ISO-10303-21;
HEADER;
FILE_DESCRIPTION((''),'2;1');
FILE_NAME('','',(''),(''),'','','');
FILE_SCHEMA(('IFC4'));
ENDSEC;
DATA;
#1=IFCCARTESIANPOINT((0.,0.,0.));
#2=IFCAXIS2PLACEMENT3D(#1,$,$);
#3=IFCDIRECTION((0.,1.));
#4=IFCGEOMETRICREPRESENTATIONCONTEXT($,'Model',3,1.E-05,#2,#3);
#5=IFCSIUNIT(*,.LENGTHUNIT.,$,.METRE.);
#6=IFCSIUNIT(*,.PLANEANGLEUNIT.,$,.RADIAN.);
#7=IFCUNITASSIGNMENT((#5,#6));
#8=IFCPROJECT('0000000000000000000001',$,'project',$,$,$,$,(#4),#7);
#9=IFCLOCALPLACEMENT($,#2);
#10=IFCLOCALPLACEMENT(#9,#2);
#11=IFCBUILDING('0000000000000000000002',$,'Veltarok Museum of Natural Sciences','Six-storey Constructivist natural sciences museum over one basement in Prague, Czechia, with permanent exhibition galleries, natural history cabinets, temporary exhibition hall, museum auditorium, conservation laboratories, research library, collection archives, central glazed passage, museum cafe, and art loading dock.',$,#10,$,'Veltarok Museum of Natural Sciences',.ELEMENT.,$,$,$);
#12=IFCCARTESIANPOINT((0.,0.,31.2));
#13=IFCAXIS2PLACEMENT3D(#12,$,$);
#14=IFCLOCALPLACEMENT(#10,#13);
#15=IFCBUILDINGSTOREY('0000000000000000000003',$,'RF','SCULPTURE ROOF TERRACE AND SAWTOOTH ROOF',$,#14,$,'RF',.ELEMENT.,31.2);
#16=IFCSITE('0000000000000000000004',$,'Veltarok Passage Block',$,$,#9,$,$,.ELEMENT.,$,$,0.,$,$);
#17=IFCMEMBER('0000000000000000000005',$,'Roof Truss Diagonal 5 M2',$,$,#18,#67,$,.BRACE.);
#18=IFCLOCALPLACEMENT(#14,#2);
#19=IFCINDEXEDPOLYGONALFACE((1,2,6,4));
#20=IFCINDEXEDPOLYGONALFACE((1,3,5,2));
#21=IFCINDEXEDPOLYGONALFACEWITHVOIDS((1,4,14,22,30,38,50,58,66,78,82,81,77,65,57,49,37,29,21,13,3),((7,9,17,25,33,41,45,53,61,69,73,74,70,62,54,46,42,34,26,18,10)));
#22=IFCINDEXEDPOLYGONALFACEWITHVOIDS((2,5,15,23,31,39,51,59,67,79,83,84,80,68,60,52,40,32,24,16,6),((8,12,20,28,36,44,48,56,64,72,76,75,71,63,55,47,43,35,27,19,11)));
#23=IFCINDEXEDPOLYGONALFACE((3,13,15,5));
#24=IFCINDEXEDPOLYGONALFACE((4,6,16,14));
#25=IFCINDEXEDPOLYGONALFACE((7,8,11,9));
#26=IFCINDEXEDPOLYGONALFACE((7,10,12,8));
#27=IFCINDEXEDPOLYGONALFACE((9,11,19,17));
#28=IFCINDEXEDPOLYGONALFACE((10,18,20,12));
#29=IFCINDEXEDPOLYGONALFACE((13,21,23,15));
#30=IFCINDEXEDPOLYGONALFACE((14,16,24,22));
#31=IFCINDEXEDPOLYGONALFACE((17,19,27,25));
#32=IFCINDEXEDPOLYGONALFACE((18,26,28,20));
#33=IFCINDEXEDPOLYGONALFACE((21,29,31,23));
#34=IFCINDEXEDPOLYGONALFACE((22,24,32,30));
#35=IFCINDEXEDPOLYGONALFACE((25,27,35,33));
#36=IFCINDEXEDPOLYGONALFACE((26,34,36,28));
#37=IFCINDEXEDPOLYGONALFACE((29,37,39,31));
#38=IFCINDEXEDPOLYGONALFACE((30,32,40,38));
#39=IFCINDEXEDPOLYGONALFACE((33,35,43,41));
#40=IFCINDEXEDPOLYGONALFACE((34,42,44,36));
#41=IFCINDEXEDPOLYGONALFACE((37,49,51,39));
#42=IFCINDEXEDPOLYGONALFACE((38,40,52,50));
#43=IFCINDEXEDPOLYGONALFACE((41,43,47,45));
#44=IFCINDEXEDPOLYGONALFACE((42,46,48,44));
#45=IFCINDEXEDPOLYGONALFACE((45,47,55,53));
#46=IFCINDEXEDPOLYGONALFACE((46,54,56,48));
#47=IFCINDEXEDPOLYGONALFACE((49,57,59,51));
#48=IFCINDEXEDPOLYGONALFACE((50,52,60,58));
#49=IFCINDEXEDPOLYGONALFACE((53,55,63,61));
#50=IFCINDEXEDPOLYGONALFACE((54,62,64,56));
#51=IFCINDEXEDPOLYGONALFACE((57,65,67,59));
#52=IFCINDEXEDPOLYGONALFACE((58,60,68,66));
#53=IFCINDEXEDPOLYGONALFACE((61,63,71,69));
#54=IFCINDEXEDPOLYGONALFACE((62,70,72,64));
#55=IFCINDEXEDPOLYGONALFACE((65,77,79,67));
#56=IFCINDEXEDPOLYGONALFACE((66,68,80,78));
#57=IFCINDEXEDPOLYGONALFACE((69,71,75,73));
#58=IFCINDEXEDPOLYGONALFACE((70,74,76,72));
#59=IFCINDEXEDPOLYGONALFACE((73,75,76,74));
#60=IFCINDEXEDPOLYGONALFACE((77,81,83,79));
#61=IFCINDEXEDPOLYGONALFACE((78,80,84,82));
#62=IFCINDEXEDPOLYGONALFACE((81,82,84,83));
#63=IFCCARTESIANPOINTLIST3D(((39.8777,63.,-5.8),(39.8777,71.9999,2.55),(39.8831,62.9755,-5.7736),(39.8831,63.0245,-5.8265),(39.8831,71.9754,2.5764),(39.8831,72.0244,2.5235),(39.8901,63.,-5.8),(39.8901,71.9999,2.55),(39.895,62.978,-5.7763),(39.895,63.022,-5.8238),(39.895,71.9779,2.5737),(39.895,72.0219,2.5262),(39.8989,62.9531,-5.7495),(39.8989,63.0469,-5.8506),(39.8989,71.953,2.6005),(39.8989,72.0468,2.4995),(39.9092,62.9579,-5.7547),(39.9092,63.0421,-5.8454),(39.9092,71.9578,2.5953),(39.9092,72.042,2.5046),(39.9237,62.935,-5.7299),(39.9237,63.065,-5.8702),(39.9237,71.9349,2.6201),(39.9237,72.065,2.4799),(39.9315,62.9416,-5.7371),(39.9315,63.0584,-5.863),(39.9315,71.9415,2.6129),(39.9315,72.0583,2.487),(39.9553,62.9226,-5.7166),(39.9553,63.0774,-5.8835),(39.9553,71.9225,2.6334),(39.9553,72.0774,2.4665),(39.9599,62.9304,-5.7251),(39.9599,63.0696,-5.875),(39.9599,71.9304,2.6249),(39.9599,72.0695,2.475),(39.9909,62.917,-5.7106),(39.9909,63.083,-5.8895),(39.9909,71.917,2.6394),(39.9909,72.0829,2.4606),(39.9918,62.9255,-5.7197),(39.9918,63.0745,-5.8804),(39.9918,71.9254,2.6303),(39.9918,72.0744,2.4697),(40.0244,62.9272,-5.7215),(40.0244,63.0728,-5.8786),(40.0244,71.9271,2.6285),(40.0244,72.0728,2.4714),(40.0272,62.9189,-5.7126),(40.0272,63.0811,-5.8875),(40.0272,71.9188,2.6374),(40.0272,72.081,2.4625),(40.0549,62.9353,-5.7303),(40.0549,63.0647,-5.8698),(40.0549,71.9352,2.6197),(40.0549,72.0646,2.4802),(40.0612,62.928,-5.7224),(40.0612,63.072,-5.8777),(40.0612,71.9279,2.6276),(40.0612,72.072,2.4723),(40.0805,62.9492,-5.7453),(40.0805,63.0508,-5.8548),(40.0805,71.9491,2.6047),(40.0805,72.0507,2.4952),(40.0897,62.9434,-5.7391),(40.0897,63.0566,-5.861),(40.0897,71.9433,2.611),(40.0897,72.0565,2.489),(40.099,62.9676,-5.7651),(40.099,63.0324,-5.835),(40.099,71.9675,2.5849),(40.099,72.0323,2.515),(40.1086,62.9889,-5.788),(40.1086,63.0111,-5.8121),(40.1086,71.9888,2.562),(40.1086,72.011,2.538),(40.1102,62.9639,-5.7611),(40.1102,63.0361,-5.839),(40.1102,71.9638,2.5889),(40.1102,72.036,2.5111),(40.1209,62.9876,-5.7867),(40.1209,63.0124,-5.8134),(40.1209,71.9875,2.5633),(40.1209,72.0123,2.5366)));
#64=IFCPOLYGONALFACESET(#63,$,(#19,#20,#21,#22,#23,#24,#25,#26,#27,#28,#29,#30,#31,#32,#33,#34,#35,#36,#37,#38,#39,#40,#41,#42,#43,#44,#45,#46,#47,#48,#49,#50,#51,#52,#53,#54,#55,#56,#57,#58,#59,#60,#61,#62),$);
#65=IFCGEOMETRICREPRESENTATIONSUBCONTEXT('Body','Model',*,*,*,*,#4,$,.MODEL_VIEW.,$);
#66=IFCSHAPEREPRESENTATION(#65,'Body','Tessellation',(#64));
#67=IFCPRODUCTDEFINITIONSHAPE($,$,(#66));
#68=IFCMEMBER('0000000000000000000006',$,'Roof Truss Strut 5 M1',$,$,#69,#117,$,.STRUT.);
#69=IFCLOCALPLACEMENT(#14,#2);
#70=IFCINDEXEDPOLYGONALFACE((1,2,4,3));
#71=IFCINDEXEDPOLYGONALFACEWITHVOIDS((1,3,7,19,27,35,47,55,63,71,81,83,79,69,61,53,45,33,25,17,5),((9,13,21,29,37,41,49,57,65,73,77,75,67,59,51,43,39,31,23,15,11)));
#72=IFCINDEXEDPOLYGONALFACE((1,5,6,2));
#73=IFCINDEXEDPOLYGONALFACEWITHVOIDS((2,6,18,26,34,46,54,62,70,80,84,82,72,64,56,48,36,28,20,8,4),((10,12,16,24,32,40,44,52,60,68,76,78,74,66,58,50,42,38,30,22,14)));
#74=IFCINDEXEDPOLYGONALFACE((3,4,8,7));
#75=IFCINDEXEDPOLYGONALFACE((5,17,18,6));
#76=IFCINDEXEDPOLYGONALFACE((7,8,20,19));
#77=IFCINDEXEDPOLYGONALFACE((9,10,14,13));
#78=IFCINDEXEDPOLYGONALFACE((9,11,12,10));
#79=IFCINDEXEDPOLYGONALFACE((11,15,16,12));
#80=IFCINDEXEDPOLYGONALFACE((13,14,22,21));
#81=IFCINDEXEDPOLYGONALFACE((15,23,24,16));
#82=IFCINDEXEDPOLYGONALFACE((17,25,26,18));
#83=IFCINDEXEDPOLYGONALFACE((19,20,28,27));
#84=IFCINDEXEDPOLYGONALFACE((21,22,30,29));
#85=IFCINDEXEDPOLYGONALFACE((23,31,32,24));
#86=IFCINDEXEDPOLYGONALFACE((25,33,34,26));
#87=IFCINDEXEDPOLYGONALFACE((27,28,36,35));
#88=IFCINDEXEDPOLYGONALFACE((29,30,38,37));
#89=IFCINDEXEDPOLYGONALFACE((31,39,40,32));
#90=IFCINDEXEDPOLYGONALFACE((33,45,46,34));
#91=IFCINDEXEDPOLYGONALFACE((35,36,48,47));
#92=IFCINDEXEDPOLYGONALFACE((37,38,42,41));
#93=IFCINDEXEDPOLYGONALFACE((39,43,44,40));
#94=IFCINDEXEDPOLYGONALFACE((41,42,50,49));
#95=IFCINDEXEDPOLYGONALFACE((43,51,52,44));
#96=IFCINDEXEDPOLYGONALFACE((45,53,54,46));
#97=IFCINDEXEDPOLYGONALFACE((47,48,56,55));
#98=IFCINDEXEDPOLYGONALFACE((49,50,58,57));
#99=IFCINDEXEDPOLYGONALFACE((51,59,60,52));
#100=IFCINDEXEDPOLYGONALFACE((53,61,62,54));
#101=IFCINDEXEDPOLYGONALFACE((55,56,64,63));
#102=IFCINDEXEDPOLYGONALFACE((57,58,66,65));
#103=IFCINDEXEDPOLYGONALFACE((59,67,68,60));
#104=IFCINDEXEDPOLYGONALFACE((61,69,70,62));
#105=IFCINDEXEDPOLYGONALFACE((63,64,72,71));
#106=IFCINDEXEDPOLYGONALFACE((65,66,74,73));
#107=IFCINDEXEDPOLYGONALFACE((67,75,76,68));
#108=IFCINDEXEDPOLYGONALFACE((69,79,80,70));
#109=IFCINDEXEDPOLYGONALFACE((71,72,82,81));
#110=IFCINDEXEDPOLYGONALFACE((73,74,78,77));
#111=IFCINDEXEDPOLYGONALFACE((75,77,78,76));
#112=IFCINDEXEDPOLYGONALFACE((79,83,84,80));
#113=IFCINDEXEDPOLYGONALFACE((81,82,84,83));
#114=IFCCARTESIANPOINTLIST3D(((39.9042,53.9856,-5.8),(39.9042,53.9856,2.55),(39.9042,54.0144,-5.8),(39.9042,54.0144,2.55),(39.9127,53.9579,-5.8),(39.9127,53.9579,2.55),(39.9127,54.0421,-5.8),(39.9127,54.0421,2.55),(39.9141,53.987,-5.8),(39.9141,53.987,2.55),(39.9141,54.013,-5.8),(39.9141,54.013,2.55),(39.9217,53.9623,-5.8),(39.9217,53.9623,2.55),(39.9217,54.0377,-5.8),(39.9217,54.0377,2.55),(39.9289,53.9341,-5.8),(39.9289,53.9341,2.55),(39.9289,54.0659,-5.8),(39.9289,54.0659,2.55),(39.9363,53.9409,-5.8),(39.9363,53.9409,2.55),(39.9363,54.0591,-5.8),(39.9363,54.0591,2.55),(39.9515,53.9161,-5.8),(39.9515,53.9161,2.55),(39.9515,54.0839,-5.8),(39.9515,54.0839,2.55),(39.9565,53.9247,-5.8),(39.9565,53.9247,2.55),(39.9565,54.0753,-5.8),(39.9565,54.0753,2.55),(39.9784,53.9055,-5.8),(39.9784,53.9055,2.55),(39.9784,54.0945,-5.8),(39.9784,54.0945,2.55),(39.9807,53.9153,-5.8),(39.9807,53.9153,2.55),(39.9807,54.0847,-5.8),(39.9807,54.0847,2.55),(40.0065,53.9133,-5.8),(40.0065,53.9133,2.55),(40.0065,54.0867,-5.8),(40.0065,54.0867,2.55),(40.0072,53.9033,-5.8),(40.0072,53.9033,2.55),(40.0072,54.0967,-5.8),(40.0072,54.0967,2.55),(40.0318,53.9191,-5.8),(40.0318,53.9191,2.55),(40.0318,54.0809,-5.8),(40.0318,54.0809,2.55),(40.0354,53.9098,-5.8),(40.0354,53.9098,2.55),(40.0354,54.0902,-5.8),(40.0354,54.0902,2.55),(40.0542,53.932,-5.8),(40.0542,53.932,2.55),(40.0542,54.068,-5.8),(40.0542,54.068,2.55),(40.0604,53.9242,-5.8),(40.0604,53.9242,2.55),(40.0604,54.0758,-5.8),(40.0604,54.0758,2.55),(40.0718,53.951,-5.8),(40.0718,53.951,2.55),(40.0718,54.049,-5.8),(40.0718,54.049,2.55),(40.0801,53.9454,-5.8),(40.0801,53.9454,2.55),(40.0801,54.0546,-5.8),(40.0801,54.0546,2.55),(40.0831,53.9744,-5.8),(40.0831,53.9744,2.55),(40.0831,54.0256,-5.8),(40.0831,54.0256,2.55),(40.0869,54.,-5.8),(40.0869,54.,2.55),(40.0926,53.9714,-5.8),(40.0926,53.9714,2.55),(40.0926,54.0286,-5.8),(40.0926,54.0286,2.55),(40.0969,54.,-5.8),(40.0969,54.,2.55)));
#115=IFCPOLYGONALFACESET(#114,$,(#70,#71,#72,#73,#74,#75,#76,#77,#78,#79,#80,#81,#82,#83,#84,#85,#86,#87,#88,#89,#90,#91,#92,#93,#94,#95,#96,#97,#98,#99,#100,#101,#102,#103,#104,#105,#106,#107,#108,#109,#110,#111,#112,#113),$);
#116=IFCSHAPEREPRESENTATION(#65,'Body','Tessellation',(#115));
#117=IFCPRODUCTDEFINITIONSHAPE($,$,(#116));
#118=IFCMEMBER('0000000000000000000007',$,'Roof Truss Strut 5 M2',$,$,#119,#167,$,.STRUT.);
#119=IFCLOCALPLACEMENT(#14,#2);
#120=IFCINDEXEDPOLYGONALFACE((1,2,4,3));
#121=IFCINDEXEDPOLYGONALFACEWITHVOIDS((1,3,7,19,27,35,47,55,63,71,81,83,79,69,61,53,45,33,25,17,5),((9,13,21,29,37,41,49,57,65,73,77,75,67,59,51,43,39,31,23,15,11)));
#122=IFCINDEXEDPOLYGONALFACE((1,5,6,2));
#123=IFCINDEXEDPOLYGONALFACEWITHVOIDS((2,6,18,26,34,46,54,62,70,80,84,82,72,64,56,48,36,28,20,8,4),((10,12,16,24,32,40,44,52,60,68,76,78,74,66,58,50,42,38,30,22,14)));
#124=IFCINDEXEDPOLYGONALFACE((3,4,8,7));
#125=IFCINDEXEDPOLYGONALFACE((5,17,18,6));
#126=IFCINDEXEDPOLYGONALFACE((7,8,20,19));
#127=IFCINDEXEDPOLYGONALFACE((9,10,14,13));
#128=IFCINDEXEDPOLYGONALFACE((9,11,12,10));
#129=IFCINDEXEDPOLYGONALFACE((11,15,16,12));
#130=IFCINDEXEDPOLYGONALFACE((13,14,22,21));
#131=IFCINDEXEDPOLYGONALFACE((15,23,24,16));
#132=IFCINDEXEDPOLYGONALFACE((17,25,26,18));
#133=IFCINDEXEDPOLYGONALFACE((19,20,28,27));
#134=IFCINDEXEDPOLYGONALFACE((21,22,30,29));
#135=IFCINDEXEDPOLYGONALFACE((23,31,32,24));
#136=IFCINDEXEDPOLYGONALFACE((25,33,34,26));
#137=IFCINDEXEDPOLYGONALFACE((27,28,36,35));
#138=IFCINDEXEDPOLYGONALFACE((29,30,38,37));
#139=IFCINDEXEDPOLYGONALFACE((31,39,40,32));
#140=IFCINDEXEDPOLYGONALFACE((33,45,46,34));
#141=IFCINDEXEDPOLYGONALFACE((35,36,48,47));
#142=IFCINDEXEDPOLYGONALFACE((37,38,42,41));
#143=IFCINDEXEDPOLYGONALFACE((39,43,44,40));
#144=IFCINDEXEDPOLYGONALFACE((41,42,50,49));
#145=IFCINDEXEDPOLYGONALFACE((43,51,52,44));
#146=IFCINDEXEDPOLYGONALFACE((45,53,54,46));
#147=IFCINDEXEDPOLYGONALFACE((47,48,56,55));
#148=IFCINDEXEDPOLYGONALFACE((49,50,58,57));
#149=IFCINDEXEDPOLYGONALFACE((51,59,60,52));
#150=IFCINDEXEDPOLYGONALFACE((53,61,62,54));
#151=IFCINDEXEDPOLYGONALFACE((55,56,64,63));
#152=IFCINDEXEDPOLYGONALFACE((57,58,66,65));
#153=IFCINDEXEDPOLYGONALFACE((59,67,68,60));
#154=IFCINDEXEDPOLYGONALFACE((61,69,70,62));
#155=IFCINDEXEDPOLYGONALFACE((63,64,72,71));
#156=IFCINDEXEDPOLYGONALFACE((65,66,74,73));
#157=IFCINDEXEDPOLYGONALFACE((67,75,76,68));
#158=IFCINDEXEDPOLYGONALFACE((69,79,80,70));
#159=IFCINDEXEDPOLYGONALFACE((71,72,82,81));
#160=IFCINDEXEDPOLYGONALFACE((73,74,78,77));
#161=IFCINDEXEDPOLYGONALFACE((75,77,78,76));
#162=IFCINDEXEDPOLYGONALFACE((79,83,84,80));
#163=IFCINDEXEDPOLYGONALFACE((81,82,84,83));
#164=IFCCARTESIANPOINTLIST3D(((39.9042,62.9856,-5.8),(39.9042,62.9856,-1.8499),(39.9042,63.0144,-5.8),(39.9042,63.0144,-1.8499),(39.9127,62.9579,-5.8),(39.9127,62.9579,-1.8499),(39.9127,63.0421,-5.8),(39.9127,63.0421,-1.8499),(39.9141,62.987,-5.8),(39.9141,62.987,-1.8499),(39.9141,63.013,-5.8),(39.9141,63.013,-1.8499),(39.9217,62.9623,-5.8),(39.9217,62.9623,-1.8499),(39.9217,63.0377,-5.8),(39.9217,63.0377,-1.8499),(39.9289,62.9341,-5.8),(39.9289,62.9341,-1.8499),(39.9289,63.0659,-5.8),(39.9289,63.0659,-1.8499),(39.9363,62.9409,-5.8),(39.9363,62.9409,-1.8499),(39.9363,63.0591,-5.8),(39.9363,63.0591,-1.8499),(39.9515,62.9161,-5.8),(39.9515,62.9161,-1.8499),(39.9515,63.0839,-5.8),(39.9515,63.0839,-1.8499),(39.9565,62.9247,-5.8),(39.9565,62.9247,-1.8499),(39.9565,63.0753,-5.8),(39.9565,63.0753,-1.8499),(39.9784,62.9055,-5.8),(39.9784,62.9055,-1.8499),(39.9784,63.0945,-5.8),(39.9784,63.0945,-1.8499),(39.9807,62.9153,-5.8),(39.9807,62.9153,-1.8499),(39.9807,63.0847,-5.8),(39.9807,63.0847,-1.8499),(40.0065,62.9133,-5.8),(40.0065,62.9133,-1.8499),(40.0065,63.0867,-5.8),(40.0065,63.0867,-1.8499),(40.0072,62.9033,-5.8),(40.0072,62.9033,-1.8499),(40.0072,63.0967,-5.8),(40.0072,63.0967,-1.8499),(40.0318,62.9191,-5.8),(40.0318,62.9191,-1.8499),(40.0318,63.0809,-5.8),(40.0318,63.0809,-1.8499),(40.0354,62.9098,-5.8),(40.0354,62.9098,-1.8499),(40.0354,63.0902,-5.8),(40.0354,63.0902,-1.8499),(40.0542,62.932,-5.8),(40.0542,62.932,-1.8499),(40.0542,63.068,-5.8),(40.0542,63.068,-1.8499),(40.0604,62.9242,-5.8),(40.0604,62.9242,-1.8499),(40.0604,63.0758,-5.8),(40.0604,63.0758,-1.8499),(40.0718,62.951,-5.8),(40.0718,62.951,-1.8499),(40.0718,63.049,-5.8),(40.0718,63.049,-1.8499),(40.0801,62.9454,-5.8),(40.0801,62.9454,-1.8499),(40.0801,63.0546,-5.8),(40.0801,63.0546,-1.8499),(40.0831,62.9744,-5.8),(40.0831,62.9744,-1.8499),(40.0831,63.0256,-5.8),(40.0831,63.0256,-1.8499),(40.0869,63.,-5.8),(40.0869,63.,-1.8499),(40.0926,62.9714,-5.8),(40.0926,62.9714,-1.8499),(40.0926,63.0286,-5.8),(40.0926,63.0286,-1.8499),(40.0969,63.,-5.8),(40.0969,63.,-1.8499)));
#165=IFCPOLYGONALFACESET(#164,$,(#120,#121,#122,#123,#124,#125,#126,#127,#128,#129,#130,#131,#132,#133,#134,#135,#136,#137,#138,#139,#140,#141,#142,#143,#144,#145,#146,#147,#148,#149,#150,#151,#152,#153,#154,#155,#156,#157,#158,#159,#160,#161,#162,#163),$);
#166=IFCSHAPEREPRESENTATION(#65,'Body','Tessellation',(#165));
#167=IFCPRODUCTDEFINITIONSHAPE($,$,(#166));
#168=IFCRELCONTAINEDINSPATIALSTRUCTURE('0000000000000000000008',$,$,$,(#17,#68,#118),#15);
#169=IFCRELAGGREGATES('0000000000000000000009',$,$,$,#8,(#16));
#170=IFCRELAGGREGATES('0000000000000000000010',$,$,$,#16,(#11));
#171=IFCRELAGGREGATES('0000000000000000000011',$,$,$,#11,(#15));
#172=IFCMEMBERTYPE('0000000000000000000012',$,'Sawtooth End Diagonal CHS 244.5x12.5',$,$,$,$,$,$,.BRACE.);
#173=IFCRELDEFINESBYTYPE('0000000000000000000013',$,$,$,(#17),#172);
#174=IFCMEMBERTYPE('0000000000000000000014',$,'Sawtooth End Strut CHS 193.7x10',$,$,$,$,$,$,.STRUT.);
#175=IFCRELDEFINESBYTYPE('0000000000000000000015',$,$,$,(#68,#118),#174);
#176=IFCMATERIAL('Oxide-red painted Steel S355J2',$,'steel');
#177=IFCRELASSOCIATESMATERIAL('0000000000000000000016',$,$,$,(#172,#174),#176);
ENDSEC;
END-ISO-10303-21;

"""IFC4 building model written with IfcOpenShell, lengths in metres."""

from ifc_helpers import new_model, si_unit, direction, frame, origin, origin_2d, place, context, subcontext, project, spatial, hollow_circle, extrude, material, material_profile, profile_set, type_object, element, save


model = new_model("IFC4")

# Units and contexts
model_context = context("Model", 3, precision=1e-05, world=origin(), true_north=direction((0.0, 1.0)))
body_context = subcontext(model_context, "Body", "Model", "MODEL_VIEW")
ifc_project = project(units=[si_unit("LENGTHUNIT", "METRE"), si_unit("PLANEANGLEUNIT", "RADIAN")], contexts=[model_context])

# Site, building, storey
site_placement = place(None, origin())
site = spatial("IfcSite", under=ifc_project, at=site_placement, Name="Veltarok Passage Block", CompositionType="ELEMENT", RefElevation=0.0)
building_placement = place(site_placement, origin())
building = spatial("IfcBuilding", under=site, at=building_placement, Name="Veltarok Museum of Natural Sciences", Description="Six-storey Constructivist natural sciences museum over one basement in Prague, Czechia, with permanent exhibition galleries, natural history cabinets, temporary exhibition hall, museum auditorium, conservation laboratories, research library, collection archives, central glazed passage, museum cafe, and art loading dock.", LongName="Veltarok Museum of Natural Sciences", CompositionType="ELEMENT")
storey_placement = place(building_placement, frame((0.0, 0.0, 31.2)))
storey = spatial("IfcBuildingStorey", under=building, at=storey_placement, Name="RF", Description="SCULPTURE ROOF TERRACE AND SAWTOOTH ROOF", LongName="RF", CompositionType="ELEMENT", Elevation=31.2)

# Members
ifc_material_1 = material(Name="Oxide-red painted Steel S355J2", Category="steel")
ifc_material_profile_1 = material_profile(ifc_material_1, hollow_circle(Radius=0.1223, WallThickness=0.0125, at=origin_2d()), Name="CHS 244.5x12.5")
ifc_profile_set_1 = profile_set([ifc_material_profile_1], Name="Oxide-red painted Steel S355J2")
member_type_1 = type_object("IfcMemberType", Name="Sawtooth End Diagonal CHS 244.5x12.5", PredefinedType="BRACE", material=ifc_profile_set_1)
member_1_placement = place(storey_placement, frame((40.0, 63.0, -5.8), z_axis=(0.0, 0.73308, 0.680143), x_axis=(-1.0, 0.0, 0.0)))
element("IfcMember", 1, at=member_1_placement, inside=storey, type_object=member_type_1, Name="Roof Truss Diagonal 5 M2", PredefinedType="BRACE", context=body_context, shape_type="SweptSolid", body=[
    extrude(hollow_circle(Radius=0.1223, WallThickness=0.0125, at=origin_2d()), origin(), (0.0, 0.0, 1.0), 12.2769),
])
ifc_material_profile_2 = material_profile(ifc_material_1, hollow_circle(Radius=0.0969, WallThickness=0.01, at=origin_2d()), Name="CHS 193.7x10")
ifc_profile_set_2 = profile_set([ifc_material_profile_2], Name="Oxide-red painted Steel S355J2")
member_type_2 = type_object("IfcMemberType", Name="Sawtooth End Strut CHS 193.7x10", PredefinedType="STRUT", material=ifc_profile_set_2)
member_2_placement = place(storey_placement, frame((40.0, 54.0, -5.8), z_axis=(0.0, 0.0, 1.0), x_axis=(1.0, 0.0, 0.0)))
element("IfcMember", 2, at=member_2_placement, inside=storey, type_object=member_type_2, Name="Roof Truss Strut 5 M1", PredefinedType="STRUT", context=body_context, shape_type="SweptSolid", body=[
    extrude(hollow_circle(Radius=0.0969, WallThickness=0.01, at=origin_2d()), origin(), (0.0, 0.0, 1.0), 8.3501),
])
member_3_placement = place(storey_placement, frame((40.0, 63.0, -5.8), z_axis=(0.0, 0.0, 1.0), x_axis=(1.0, 0.0, 0.0)))
element("IfcMember", 3, at=member_3_placement, inside=storey, type_object=member_type_2, Name="Roof Truss Strut 5 M2", PredefinedType="STRUT", context=body_context, shape_type="SweptSolid", body=[
    extrude(hollow_circle(Radius=0.0969, WallThickness=0.01, at=origin_2d()), origin(), (0.0, 0.0, 1.0), 3.9502),
])

save(model, "model.ifc")
